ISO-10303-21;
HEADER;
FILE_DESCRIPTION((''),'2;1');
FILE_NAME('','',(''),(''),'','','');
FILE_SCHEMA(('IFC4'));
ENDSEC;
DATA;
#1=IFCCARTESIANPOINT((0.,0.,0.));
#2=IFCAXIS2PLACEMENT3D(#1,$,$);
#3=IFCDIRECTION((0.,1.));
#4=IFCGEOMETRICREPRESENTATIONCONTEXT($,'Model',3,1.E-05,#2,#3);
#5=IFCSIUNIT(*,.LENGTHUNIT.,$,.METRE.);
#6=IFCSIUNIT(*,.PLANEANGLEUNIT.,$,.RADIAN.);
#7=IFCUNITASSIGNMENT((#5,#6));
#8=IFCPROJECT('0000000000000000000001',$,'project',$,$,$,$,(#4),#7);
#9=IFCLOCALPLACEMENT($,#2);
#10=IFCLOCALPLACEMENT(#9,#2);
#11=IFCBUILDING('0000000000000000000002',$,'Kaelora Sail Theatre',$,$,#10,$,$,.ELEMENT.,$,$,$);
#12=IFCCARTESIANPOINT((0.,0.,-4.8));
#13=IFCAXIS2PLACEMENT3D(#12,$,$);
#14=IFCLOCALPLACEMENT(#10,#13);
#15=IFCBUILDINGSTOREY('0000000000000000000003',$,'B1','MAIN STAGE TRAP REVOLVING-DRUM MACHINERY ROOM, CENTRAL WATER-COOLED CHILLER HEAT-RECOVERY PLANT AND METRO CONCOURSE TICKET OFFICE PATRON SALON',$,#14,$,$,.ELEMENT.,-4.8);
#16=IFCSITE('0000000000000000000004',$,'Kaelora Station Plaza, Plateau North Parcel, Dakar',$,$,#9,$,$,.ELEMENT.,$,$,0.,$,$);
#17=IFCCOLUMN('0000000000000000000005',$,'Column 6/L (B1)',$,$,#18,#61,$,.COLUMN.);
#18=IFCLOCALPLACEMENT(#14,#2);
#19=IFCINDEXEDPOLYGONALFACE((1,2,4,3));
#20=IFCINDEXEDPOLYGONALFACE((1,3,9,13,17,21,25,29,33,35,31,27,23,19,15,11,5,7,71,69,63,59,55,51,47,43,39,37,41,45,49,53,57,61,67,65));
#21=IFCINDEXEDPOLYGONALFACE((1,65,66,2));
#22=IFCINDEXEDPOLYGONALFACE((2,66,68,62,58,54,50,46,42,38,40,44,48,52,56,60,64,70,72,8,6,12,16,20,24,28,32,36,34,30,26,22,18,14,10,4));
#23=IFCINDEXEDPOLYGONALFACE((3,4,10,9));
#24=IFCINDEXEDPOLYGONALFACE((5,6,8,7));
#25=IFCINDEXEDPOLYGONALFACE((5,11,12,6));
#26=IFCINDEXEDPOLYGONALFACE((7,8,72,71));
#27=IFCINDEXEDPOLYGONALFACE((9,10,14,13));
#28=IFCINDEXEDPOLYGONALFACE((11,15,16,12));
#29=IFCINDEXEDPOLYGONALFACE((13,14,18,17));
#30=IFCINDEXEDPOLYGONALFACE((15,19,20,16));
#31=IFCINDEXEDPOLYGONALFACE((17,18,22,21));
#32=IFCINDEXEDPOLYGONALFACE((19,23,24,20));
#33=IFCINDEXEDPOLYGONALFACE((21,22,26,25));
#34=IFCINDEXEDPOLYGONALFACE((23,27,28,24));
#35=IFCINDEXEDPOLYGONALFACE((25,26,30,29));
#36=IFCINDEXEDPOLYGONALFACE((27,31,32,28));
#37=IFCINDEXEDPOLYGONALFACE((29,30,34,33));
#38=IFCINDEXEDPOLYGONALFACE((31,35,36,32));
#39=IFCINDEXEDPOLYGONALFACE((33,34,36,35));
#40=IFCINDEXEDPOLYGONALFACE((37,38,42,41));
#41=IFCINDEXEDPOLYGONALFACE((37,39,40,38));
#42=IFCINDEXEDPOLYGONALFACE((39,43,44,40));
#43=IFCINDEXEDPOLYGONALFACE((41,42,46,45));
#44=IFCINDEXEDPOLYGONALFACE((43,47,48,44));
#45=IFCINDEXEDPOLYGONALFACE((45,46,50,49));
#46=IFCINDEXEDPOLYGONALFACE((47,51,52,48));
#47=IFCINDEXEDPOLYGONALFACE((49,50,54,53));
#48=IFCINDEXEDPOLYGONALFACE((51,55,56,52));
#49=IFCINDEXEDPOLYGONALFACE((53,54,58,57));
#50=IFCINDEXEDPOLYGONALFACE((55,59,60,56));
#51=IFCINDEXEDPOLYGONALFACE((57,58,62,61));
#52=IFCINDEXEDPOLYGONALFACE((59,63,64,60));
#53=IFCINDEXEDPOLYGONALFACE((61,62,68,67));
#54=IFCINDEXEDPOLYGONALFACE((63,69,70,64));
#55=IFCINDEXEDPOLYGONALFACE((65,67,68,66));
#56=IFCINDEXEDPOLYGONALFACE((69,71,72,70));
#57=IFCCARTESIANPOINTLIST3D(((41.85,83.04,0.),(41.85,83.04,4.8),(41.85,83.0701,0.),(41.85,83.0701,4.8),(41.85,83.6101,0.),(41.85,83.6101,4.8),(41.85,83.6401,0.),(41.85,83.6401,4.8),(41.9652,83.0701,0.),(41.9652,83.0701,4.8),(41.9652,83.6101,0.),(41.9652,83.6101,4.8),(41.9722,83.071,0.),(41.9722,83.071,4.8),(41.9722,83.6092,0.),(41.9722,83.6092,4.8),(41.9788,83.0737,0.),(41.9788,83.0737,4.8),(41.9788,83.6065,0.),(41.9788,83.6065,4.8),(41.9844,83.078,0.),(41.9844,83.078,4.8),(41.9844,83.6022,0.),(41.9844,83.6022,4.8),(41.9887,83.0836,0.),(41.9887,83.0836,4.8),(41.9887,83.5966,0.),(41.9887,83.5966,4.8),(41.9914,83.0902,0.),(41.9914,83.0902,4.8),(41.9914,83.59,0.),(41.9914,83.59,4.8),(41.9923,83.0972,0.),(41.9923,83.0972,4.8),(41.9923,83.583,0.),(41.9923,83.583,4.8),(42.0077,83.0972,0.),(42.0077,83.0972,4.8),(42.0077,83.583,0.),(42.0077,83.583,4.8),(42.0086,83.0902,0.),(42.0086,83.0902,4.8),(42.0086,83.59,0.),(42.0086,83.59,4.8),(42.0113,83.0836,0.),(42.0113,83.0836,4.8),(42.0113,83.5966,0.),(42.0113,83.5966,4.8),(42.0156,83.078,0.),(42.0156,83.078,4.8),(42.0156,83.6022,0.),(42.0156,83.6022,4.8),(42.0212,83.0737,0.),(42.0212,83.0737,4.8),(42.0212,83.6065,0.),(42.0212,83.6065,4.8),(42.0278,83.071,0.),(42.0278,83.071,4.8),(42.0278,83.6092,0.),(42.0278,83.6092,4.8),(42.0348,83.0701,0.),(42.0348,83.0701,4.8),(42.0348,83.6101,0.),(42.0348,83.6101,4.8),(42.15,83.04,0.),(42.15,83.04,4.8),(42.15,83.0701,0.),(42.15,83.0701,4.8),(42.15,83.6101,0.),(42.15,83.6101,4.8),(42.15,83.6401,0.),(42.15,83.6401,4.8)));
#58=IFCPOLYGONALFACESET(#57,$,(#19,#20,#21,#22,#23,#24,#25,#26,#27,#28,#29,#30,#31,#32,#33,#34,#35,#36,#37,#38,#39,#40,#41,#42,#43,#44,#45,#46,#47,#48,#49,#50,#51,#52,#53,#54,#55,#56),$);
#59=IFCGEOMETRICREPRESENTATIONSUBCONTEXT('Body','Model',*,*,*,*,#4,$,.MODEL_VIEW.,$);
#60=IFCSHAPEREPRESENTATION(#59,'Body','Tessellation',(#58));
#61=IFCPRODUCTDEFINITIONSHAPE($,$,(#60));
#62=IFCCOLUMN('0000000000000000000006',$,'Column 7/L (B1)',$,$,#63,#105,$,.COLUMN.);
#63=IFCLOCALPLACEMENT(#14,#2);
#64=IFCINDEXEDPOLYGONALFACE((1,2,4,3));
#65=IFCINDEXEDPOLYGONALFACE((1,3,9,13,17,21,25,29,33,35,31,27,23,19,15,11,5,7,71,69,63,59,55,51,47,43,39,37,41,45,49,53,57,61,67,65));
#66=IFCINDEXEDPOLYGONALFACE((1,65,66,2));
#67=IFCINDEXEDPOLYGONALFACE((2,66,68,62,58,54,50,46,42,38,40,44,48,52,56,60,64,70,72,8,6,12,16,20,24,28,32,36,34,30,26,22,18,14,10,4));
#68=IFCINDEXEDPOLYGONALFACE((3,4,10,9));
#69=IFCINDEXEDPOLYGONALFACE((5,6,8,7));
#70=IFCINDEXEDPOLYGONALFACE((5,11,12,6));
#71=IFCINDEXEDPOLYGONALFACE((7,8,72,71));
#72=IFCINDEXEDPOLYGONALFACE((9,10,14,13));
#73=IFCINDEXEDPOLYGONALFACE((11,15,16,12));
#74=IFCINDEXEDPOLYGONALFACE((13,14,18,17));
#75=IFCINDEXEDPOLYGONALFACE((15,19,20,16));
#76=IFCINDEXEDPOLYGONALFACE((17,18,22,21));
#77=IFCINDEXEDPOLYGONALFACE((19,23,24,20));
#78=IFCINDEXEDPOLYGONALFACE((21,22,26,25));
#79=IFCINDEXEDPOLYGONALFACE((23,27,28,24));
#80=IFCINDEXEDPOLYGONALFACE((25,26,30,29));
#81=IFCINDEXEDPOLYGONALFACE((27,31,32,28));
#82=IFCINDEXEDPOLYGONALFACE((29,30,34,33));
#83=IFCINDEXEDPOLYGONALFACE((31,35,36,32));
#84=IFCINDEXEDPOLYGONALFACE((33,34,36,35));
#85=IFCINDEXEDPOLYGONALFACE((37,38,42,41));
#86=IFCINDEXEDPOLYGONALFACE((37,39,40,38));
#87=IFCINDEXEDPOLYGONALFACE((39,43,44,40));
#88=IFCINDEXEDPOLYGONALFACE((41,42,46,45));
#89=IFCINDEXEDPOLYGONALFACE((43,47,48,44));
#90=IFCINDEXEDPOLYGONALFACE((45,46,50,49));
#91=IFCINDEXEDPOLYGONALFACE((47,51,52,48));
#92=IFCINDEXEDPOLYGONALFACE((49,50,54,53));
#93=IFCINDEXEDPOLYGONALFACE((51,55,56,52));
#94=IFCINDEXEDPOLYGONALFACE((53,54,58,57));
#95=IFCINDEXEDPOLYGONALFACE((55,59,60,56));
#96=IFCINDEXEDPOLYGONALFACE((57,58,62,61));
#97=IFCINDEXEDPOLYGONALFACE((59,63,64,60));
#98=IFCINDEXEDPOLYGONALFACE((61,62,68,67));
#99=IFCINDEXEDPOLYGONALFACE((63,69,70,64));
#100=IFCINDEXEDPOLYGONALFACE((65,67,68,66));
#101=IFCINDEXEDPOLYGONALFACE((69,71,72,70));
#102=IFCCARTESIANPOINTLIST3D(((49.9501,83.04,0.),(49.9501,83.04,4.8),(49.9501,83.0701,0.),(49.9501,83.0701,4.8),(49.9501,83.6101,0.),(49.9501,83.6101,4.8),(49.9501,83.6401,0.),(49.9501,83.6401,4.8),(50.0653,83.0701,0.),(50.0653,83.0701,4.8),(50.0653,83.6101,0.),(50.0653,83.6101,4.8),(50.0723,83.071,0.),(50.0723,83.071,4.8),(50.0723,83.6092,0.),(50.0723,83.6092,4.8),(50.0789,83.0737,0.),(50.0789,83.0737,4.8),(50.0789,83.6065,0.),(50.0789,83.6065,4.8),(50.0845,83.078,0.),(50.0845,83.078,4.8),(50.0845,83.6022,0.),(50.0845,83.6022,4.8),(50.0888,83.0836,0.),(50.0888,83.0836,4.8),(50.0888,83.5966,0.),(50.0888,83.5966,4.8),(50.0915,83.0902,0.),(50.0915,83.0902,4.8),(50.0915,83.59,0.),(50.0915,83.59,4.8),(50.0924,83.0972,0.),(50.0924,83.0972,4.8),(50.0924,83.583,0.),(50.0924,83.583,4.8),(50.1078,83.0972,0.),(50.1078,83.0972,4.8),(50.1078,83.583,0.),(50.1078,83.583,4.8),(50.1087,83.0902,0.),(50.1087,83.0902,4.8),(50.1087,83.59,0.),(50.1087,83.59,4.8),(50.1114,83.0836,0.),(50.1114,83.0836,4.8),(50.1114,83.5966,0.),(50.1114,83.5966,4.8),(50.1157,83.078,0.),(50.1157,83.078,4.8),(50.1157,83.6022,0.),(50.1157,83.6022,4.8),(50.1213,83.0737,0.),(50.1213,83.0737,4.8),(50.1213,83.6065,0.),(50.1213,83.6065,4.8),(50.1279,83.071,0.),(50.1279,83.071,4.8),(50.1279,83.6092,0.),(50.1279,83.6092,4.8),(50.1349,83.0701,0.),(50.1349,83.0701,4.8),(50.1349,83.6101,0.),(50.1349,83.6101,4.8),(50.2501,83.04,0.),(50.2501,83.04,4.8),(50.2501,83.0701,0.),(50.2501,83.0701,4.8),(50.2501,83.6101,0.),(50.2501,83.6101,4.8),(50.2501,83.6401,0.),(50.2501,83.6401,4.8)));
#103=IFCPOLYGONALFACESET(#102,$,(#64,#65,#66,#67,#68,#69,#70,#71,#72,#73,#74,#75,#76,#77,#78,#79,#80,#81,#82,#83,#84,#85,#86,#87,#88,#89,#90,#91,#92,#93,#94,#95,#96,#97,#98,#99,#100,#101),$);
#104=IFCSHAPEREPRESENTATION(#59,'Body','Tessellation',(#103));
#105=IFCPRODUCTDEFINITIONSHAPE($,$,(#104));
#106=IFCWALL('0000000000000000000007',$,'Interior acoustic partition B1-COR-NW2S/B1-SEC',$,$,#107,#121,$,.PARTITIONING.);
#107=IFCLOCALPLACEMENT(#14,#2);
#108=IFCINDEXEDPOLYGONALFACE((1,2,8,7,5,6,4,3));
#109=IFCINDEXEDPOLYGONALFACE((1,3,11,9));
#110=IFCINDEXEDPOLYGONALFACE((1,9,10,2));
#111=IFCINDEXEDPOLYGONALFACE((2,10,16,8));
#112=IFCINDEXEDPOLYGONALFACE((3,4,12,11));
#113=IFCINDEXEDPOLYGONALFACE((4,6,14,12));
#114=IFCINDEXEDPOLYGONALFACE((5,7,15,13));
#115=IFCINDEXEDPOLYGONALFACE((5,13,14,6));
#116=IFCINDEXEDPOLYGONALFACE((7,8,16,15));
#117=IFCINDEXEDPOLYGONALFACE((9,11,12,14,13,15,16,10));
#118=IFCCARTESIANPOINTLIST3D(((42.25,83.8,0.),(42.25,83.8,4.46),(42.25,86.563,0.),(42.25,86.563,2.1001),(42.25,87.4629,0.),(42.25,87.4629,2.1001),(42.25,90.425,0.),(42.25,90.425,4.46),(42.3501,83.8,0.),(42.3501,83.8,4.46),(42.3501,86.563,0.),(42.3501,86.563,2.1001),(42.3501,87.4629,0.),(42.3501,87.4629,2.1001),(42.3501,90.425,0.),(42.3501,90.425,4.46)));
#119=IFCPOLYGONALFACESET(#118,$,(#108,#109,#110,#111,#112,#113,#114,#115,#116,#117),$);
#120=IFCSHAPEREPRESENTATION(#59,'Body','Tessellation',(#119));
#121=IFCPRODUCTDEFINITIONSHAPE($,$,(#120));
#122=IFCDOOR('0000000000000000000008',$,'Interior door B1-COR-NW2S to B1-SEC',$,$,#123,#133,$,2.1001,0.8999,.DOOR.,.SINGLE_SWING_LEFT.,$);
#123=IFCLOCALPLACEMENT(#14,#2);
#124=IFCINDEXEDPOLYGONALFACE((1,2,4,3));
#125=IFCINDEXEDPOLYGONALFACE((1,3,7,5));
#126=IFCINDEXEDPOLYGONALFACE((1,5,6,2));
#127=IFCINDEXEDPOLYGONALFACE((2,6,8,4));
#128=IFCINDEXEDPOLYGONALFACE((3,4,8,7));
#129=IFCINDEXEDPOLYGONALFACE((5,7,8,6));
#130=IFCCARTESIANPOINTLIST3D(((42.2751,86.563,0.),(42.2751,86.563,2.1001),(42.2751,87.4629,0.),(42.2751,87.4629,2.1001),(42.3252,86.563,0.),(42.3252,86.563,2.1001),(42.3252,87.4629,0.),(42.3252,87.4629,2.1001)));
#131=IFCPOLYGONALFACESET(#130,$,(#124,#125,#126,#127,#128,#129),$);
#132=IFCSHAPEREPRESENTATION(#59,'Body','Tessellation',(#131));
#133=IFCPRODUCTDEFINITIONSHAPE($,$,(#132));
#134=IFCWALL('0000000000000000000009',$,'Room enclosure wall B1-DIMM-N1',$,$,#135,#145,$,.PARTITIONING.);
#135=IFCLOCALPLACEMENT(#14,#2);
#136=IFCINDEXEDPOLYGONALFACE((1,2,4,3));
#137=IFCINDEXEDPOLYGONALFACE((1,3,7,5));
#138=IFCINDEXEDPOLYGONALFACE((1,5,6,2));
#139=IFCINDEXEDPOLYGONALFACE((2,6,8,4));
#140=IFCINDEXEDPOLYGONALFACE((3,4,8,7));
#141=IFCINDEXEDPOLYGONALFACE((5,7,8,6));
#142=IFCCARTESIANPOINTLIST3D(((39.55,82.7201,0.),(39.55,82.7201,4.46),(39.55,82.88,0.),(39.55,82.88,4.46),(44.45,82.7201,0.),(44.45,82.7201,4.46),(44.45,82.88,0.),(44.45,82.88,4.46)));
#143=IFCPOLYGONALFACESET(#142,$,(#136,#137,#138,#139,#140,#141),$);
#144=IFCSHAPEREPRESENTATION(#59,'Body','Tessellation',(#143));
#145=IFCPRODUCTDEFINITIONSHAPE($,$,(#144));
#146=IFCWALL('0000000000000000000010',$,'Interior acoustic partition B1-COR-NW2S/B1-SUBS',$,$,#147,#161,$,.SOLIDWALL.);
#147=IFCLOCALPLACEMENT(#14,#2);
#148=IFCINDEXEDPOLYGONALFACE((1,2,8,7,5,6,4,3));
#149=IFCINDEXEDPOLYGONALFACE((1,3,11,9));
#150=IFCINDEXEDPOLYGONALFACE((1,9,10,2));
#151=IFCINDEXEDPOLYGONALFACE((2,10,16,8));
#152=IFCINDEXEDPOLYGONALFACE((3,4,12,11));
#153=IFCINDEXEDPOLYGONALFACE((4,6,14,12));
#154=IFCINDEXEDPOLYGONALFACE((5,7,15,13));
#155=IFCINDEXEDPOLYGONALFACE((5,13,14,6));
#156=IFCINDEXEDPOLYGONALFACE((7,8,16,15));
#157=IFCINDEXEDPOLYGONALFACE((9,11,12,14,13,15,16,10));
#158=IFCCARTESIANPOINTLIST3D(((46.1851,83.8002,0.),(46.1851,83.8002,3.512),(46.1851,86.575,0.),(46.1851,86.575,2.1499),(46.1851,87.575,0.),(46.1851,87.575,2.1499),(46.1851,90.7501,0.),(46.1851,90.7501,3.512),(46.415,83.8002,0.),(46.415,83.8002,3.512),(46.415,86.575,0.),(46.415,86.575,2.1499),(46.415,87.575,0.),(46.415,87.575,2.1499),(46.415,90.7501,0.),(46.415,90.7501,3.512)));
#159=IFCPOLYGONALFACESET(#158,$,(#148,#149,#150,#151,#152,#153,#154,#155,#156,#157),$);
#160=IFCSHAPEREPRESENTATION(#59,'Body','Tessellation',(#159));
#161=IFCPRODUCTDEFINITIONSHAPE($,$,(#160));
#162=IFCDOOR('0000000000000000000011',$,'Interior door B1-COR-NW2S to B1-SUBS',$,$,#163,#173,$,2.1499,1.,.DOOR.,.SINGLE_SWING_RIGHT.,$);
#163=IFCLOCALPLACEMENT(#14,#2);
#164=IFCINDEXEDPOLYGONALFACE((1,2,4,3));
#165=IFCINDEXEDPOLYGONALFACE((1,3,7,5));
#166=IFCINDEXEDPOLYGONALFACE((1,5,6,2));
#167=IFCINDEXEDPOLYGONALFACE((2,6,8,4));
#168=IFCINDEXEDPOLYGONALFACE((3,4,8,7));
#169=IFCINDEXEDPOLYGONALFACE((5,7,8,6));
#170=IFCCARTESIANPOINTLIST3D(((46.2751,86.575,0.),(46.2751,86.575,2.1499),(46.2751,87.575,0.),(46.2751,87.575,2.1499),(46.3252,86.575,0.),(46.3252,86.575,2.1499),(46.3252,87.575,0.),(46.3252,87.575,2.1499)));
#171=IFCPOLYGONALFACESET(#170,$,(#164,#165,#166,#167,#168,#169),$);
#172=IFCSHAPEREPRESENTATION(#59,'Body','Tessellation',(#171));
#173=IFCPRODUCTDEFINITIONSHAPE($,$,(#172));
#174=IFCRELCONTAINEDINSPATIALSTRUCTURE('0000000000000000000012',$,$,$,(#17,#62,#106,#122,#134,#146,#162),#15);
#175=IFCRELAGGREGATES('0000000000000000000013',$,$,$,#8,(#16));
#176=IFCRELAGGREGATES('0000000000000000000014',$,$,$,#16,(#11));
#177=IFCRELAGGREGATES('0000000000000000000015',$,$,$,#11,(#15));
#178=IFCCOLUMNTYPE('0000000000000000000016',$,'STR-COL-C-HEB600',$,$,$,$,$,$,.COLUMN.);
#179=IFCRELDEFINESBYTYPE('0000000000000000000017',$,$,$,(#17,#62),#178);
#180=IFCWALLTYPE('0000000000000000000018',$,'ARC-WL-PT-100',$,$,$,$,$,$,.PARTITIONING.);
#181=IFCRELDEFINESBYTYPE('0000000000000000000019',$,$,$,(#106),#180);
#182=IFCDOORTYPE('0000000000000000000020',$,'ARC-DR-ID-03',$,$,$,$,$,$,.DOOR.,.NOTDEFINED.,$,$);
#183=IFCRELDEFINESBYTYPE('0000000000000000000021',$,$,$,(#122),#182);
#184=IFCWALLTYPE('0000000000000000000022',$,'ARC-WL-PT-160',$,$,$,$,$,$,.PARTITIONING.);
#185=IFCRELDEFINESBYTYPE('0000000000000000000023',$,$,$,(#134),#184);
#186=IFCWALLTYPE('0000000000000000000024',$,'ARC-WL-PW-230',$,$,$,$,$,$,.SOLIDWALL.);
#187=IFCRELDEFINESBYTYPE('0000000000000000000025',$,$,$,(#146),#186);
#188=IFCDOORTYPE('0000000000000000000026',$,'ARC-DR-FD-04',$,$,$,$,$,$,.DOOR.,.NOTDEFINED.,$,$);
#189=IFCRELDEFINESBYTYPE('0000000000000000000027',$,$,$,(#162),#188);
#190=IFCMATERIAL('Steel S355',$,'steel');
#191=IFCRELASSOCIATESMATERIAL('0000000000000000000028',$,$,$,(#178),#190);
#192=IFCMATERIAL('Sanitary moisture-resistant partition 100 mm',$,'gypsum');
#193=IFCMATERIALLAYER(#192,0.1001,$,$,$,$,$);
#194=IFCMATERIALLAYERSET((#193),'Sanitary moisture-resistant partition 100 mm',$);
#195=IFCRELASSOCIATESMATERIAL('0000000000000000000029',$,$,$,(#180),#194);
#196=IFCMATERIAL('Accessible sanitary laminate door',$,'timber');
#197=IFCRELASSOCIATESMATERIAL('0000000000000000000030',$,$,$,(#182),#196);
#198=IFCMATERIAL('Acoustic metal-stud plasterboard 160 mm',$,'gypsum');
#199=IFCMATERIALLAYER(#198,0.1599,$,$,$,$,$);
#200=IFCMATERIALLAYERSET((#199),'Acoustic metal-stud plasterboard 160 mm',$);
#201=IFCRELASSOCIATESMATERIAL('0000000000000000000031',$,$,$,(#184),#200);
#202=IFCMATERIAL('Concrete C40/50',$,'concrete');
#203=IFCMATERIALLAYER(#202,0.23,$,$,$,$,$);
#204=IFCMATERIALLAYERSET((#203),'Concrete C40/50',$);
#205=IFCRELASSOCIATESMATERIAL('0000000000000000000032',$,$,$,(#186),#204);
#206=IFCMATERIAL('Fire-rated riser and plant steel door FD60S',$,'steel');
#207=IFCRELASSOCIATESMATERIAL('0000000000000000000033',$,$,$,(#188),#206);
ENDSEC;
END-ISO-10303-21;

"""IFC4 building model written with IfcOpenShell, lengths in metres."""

from ifc_helpers import new_model, si_unit, direction, frame, frame_2d, origin, origin_2d, place, context, subcontext, project, spatial, rectangle, i_section, extrude, material, layer, layer_set, material_profile, profile_set, type_object, element, fill, save


model = new_model("IFC4")

# Units and contexts
model_context = context("Model", 3, precision=1e-05, world=origin(), true_north=direction((0.0, 1.0)))
body_context = subcontext(model_context, "Body", "Model", "MODEL_VIEW")
ifc_project = project(units=[si_unit("LENGTHUNIT", "METRE"), si_unit("PLANEANGLEUNIT", "RADIAN")], contexts=[model_context])

# Site, building, storey
site_placement = place(None, origin())
site = spatial("IfcSite", under=ifc_project, at=site_placement, Name="Kaelora Station Plaza, Plateau North Parcel, Dakar", CompositionType="ELEMENT", RefElevation=0.0)
building_placement = place(site_placement, origin())
building = spatial("IfcBuilding", under=site, at=building_placement, Name="Kaelora Sail Theatre", CompositionType="ELEMENT")
storey_placement = place(building_placement, frame((0.0, 0.0, -4.8)))
storey = spatial("IfcBuildingStorey", under=building, at=storey_placement, Name="B1", Description="MAIN STAGE TRAP REVOLVING-DRUM MACHINERY ROOM, CENTRAL WATER-COOLED CHILLER HEAT-RECOVERY PLANT AND METRO CONCOURSE TICKET OFFICE PATRON SALON", CompositionType="ELEMENT", Elevation=-4.8)

# Columns
ifc_material_1 = material(Name="Steel S355", Category="steel")
ifc_material_profile_1 = material_profile(ifc_material_1, i_section(OverallWidth=0.3, OverallDepth=0.6001, WebThickness=0.0154, FlangeThickness=0.03, FilletRadius=0.0271, at=origin_2d()), Name="HEB 600")
ifc_profile_set_1 = profile_set([ifc_material_profile_1], Name="Steel S355")
column_type = type_object("IfcColumnType", Name="STR-COL-C-HEB600", PredefinedType="COLUMN", material=ifc_profile_set_1)
for number, where, z_axis, x_axis, name in (
    (1, (42.0, 83.3401, 0.0), (0.0, 0.0, 1.0), (1.0, 0.0, 0.0), "Column 6/L (B1)"),
    (2, (50.1001, 83.3401, 0.0), (0.0, 0.0, 1.0), (1.0, 0.0, 0.0), "Column 7/L (B1)"),
):
    element("IfcColumn", number, at=place(storey_placement, frame(where, z_axis=z_axis, x_axis=x_axis)), inside=storey, type_object=column_type, Name=name, PredefinedType="COLUMN", context=body_context, shape_type="SweptSolid", body=[
        extrude(i_section(OverallWidth=0.3, OverallDepth=0.6001, WebThickness=0.0154, FlangeThickness=0.03, FilletRadius=0.0271, at=origin_2d()), origin(), (0.0, 0.0, 1.0), 4.8),
    ])

# Wall, opening, door
ifc_material_2 = material(Name="Sanitary moisture-resistant partition 100 mm", Category="gypsum")
ifc_layer_1 = layer(ifc_material_2, 0.1001)
ifc_layer_set_1 = layer_set([ifc_layer_1], Name="Sanitary moisture-resistant partition 100 mm")
wall_type_1 = type_object("IfcWallType", Name="ARC-WL-PT-100", PredefinedType="PARTITIONING", material=ifc_layer_set_1)
wall_1_placement = place(storey_placement, frame((42.3, 83.8, 0.0), z_axis=(0.0, 0.0, 1.0), x_axis=(0.0, 1.0, 0.0)))
wall_1 = element("IfcWall", 3, at=wall_1_placement, inside=storey, type_object=wall_type_1, Name="Interior acoustic partition B1-COR-NW2S/B1-SEC", PredefinedType="PARTITIONING", context=body_context, shape_type="SweptSolid", body=[
    extrude(rectangle(XDim=6.625, YDim=0.1001, at=frame_2d((3.3125, 0.0))), origin(), (0.0, 0.0, 1.0), 4.46),
])
opening_1_placement = place(wall_1_placement, frame((2.7629, 0.0, 0.0)))
opening_1 = element("IfcOpeningElement", 4, at=opening_1_placement, cuts=wall_1, PredefinedType="OPENING", context=body_context, shape_type="SweptSolid", body=[
    extrude(rectangle(XDim=0.8999, YDim=2.1001, at=frame_2d((0.45, 1.05))), frame((0.0, 0.06, 0.0), z_axis=(0.0, -1.0, 0.0), x_axis=(1.0, 0.0, 0.0)), (0.0, 0.0, 1.0), 0.1201),
])
ifc_material_3 = material(Name="Accessible sanitary laminate door", Category="timber")
door_type_1 = type_object("IfcDoorType", Name="ARC-DR-ID-03", OperationType="NOTDEFINED", PredefinedType="DOOR", material=ifc_material_3)
door_1_placement = place(opening_1_placement, origin())
door_1 = element("IfcDoor", 5, at=door_1_placement, inside=storey, type_object=door_type_1, Name="Interior door B1-COR-NW2S to B1-SEC", OperationType="SINGLE_SWING_LEFT", OverallHeight=2.1001, OverallWidth=0.8999, PredefinedType="DOOR", context=body_context, shape_type="SweptSolid", body=[
    extrude(rectangle(XDim=0.8999, YDim=2.1001, at=frame_2d((0.45, 1.05))), frame((0.0, 0.0249, 0.0), z_axis=(0.0, -1.0, 0.0), x_axis=(1.0, 0.0, 0.0)), (0.0, 0.0, 1.0), 0.05),
])
fill(opening_1, door_1)

# Wall
ifc_material_4 = material(Name="Acoustic metal-stud plasterboard 160 mm", Category="gypsum")
ifc_layer_2 = layer(ifc_material_4, 0.1599)
ifc_layer_set_2 = layer_set([ifc_layer_2], Name="Acoustic metal-stud plasterboard 160 mm")
wall_type_2 = type_object("IfcWallType", Name="ARC-WL-PT-160", PredefinedType="PARTITIONING", material=ifc_layer_set_2)
wall_2_placement = place(storey_placement, frame((39.55, 82.8, 0.0), z_axis=(0.0, 0.0, 1.0), x_axis=(1.0, 0.0, 0.0)))
element("IfcWall", 6, at=wall_2_placement, inside=storey, type_object=wall_type_2, Name="Room enclosure wall B1-DIMM-N1", PredefinedType="PARTITIONING", context=body_context, shape_type="SweptSolid", body=[
    extrude(rectangle(XDim=4.8999, YDim=0.1599, at=frame_2d((2.45, 0.0))), origin(), (0.0, 0.0, 1.0), 4.46),
])

# Wall, opening, door
ifc_material_5 = material(Name="Concrete C40/50", Category="concrete")
ifc_layer_3 = layer(ifc_material_5, 0.23)
ifc_layer_set_3 = layer_set([ifc_layer_3], Name="Concrete C40/50")
wall_type_3 = type_object("IfcWallType", Name="ARC-WL-PW-230", PredefinedType="SOLIDWALL", material=ifc_layer_set_3)
wall_3_placement = place(storey_placement, frame((46.3, 83.8, 0.0), z_axis=(0.0, 0.0, 1.0), x_axis=(0.0, 1.0, 0.0)))
wall_3 = element("IfcWall", 7, at=wall_3_placement, inside=storey, type_object=wall_type_3, Name="Interior acoustic partition B1-COR-NW2S/B1-SUBS", PredefinedType="SOLIDWALL", context=body_context, shape_type="SweptSolid", body=[
    extrude(rectangle(XDim=6.95, YDim=0.23, at=frame_2d((3.4751, 0.0))), origin(), (0.0, 0.0, 1.0), 3.512),
])
opening_2_placement = place(wall_3_placement, frame((2.7749, 0.0, 0.0)))
opening_2 = element("IfcOpeningElement", 8, at=opening_2_placement, cuts=wall_3, PredefinedType="OPENING", context=body_context, shape_type="SweptSolid", body=[
    extrude(rectangle(XDim=1.0, YDim=2.1499, at=frame_2d((0.5, 1.075))), frame((0.0, 0.125, 0.0), z_axis=(0.0, -1.0, 0.0), x_axis=(1.0, 0.0, 0.0)), (0.0, 0.0, 1.0), 0.25),
])
ifc_material_6 = material(Name="Fire-rated riser and plant steel door FD60S", Category="steel")
door_type_2 = type_object("IfcDoorType", Name="ARC-DR-FD-04", OperationType="NOTDEFINED", PredefinedType="DOOR", material=ifc_material_6)
door_2_placement = place(opening_2_placement, origin())
door_2 = element("IfcDoor", 9, at=door_2_placement, inside=storey, type_object=door_type_2, Name="Interior door B1-COR-NW2S to B1-SUBS", OperationType="SINGLE_SWING_RIGHT", OverallHeight=2.1499, OverallWidth=1.0, PredefinedType="DOOR", context=body_context, shape_type="SweptSolid", body=[
    extrude(rectangle(XDim=1.0, YDim=2.1499, at=frame_2d((0.5, 1.075))), frame((0.0, 0.0249, 0.0), z_axis=(0.0, -1.0, 0.0), x_axis=(1.0, 0.0, 0.0)), (0.0, 0.0, 1.0), 0.05),
])
fill(opening_2, door_2)

save(model, "model.ifc")
